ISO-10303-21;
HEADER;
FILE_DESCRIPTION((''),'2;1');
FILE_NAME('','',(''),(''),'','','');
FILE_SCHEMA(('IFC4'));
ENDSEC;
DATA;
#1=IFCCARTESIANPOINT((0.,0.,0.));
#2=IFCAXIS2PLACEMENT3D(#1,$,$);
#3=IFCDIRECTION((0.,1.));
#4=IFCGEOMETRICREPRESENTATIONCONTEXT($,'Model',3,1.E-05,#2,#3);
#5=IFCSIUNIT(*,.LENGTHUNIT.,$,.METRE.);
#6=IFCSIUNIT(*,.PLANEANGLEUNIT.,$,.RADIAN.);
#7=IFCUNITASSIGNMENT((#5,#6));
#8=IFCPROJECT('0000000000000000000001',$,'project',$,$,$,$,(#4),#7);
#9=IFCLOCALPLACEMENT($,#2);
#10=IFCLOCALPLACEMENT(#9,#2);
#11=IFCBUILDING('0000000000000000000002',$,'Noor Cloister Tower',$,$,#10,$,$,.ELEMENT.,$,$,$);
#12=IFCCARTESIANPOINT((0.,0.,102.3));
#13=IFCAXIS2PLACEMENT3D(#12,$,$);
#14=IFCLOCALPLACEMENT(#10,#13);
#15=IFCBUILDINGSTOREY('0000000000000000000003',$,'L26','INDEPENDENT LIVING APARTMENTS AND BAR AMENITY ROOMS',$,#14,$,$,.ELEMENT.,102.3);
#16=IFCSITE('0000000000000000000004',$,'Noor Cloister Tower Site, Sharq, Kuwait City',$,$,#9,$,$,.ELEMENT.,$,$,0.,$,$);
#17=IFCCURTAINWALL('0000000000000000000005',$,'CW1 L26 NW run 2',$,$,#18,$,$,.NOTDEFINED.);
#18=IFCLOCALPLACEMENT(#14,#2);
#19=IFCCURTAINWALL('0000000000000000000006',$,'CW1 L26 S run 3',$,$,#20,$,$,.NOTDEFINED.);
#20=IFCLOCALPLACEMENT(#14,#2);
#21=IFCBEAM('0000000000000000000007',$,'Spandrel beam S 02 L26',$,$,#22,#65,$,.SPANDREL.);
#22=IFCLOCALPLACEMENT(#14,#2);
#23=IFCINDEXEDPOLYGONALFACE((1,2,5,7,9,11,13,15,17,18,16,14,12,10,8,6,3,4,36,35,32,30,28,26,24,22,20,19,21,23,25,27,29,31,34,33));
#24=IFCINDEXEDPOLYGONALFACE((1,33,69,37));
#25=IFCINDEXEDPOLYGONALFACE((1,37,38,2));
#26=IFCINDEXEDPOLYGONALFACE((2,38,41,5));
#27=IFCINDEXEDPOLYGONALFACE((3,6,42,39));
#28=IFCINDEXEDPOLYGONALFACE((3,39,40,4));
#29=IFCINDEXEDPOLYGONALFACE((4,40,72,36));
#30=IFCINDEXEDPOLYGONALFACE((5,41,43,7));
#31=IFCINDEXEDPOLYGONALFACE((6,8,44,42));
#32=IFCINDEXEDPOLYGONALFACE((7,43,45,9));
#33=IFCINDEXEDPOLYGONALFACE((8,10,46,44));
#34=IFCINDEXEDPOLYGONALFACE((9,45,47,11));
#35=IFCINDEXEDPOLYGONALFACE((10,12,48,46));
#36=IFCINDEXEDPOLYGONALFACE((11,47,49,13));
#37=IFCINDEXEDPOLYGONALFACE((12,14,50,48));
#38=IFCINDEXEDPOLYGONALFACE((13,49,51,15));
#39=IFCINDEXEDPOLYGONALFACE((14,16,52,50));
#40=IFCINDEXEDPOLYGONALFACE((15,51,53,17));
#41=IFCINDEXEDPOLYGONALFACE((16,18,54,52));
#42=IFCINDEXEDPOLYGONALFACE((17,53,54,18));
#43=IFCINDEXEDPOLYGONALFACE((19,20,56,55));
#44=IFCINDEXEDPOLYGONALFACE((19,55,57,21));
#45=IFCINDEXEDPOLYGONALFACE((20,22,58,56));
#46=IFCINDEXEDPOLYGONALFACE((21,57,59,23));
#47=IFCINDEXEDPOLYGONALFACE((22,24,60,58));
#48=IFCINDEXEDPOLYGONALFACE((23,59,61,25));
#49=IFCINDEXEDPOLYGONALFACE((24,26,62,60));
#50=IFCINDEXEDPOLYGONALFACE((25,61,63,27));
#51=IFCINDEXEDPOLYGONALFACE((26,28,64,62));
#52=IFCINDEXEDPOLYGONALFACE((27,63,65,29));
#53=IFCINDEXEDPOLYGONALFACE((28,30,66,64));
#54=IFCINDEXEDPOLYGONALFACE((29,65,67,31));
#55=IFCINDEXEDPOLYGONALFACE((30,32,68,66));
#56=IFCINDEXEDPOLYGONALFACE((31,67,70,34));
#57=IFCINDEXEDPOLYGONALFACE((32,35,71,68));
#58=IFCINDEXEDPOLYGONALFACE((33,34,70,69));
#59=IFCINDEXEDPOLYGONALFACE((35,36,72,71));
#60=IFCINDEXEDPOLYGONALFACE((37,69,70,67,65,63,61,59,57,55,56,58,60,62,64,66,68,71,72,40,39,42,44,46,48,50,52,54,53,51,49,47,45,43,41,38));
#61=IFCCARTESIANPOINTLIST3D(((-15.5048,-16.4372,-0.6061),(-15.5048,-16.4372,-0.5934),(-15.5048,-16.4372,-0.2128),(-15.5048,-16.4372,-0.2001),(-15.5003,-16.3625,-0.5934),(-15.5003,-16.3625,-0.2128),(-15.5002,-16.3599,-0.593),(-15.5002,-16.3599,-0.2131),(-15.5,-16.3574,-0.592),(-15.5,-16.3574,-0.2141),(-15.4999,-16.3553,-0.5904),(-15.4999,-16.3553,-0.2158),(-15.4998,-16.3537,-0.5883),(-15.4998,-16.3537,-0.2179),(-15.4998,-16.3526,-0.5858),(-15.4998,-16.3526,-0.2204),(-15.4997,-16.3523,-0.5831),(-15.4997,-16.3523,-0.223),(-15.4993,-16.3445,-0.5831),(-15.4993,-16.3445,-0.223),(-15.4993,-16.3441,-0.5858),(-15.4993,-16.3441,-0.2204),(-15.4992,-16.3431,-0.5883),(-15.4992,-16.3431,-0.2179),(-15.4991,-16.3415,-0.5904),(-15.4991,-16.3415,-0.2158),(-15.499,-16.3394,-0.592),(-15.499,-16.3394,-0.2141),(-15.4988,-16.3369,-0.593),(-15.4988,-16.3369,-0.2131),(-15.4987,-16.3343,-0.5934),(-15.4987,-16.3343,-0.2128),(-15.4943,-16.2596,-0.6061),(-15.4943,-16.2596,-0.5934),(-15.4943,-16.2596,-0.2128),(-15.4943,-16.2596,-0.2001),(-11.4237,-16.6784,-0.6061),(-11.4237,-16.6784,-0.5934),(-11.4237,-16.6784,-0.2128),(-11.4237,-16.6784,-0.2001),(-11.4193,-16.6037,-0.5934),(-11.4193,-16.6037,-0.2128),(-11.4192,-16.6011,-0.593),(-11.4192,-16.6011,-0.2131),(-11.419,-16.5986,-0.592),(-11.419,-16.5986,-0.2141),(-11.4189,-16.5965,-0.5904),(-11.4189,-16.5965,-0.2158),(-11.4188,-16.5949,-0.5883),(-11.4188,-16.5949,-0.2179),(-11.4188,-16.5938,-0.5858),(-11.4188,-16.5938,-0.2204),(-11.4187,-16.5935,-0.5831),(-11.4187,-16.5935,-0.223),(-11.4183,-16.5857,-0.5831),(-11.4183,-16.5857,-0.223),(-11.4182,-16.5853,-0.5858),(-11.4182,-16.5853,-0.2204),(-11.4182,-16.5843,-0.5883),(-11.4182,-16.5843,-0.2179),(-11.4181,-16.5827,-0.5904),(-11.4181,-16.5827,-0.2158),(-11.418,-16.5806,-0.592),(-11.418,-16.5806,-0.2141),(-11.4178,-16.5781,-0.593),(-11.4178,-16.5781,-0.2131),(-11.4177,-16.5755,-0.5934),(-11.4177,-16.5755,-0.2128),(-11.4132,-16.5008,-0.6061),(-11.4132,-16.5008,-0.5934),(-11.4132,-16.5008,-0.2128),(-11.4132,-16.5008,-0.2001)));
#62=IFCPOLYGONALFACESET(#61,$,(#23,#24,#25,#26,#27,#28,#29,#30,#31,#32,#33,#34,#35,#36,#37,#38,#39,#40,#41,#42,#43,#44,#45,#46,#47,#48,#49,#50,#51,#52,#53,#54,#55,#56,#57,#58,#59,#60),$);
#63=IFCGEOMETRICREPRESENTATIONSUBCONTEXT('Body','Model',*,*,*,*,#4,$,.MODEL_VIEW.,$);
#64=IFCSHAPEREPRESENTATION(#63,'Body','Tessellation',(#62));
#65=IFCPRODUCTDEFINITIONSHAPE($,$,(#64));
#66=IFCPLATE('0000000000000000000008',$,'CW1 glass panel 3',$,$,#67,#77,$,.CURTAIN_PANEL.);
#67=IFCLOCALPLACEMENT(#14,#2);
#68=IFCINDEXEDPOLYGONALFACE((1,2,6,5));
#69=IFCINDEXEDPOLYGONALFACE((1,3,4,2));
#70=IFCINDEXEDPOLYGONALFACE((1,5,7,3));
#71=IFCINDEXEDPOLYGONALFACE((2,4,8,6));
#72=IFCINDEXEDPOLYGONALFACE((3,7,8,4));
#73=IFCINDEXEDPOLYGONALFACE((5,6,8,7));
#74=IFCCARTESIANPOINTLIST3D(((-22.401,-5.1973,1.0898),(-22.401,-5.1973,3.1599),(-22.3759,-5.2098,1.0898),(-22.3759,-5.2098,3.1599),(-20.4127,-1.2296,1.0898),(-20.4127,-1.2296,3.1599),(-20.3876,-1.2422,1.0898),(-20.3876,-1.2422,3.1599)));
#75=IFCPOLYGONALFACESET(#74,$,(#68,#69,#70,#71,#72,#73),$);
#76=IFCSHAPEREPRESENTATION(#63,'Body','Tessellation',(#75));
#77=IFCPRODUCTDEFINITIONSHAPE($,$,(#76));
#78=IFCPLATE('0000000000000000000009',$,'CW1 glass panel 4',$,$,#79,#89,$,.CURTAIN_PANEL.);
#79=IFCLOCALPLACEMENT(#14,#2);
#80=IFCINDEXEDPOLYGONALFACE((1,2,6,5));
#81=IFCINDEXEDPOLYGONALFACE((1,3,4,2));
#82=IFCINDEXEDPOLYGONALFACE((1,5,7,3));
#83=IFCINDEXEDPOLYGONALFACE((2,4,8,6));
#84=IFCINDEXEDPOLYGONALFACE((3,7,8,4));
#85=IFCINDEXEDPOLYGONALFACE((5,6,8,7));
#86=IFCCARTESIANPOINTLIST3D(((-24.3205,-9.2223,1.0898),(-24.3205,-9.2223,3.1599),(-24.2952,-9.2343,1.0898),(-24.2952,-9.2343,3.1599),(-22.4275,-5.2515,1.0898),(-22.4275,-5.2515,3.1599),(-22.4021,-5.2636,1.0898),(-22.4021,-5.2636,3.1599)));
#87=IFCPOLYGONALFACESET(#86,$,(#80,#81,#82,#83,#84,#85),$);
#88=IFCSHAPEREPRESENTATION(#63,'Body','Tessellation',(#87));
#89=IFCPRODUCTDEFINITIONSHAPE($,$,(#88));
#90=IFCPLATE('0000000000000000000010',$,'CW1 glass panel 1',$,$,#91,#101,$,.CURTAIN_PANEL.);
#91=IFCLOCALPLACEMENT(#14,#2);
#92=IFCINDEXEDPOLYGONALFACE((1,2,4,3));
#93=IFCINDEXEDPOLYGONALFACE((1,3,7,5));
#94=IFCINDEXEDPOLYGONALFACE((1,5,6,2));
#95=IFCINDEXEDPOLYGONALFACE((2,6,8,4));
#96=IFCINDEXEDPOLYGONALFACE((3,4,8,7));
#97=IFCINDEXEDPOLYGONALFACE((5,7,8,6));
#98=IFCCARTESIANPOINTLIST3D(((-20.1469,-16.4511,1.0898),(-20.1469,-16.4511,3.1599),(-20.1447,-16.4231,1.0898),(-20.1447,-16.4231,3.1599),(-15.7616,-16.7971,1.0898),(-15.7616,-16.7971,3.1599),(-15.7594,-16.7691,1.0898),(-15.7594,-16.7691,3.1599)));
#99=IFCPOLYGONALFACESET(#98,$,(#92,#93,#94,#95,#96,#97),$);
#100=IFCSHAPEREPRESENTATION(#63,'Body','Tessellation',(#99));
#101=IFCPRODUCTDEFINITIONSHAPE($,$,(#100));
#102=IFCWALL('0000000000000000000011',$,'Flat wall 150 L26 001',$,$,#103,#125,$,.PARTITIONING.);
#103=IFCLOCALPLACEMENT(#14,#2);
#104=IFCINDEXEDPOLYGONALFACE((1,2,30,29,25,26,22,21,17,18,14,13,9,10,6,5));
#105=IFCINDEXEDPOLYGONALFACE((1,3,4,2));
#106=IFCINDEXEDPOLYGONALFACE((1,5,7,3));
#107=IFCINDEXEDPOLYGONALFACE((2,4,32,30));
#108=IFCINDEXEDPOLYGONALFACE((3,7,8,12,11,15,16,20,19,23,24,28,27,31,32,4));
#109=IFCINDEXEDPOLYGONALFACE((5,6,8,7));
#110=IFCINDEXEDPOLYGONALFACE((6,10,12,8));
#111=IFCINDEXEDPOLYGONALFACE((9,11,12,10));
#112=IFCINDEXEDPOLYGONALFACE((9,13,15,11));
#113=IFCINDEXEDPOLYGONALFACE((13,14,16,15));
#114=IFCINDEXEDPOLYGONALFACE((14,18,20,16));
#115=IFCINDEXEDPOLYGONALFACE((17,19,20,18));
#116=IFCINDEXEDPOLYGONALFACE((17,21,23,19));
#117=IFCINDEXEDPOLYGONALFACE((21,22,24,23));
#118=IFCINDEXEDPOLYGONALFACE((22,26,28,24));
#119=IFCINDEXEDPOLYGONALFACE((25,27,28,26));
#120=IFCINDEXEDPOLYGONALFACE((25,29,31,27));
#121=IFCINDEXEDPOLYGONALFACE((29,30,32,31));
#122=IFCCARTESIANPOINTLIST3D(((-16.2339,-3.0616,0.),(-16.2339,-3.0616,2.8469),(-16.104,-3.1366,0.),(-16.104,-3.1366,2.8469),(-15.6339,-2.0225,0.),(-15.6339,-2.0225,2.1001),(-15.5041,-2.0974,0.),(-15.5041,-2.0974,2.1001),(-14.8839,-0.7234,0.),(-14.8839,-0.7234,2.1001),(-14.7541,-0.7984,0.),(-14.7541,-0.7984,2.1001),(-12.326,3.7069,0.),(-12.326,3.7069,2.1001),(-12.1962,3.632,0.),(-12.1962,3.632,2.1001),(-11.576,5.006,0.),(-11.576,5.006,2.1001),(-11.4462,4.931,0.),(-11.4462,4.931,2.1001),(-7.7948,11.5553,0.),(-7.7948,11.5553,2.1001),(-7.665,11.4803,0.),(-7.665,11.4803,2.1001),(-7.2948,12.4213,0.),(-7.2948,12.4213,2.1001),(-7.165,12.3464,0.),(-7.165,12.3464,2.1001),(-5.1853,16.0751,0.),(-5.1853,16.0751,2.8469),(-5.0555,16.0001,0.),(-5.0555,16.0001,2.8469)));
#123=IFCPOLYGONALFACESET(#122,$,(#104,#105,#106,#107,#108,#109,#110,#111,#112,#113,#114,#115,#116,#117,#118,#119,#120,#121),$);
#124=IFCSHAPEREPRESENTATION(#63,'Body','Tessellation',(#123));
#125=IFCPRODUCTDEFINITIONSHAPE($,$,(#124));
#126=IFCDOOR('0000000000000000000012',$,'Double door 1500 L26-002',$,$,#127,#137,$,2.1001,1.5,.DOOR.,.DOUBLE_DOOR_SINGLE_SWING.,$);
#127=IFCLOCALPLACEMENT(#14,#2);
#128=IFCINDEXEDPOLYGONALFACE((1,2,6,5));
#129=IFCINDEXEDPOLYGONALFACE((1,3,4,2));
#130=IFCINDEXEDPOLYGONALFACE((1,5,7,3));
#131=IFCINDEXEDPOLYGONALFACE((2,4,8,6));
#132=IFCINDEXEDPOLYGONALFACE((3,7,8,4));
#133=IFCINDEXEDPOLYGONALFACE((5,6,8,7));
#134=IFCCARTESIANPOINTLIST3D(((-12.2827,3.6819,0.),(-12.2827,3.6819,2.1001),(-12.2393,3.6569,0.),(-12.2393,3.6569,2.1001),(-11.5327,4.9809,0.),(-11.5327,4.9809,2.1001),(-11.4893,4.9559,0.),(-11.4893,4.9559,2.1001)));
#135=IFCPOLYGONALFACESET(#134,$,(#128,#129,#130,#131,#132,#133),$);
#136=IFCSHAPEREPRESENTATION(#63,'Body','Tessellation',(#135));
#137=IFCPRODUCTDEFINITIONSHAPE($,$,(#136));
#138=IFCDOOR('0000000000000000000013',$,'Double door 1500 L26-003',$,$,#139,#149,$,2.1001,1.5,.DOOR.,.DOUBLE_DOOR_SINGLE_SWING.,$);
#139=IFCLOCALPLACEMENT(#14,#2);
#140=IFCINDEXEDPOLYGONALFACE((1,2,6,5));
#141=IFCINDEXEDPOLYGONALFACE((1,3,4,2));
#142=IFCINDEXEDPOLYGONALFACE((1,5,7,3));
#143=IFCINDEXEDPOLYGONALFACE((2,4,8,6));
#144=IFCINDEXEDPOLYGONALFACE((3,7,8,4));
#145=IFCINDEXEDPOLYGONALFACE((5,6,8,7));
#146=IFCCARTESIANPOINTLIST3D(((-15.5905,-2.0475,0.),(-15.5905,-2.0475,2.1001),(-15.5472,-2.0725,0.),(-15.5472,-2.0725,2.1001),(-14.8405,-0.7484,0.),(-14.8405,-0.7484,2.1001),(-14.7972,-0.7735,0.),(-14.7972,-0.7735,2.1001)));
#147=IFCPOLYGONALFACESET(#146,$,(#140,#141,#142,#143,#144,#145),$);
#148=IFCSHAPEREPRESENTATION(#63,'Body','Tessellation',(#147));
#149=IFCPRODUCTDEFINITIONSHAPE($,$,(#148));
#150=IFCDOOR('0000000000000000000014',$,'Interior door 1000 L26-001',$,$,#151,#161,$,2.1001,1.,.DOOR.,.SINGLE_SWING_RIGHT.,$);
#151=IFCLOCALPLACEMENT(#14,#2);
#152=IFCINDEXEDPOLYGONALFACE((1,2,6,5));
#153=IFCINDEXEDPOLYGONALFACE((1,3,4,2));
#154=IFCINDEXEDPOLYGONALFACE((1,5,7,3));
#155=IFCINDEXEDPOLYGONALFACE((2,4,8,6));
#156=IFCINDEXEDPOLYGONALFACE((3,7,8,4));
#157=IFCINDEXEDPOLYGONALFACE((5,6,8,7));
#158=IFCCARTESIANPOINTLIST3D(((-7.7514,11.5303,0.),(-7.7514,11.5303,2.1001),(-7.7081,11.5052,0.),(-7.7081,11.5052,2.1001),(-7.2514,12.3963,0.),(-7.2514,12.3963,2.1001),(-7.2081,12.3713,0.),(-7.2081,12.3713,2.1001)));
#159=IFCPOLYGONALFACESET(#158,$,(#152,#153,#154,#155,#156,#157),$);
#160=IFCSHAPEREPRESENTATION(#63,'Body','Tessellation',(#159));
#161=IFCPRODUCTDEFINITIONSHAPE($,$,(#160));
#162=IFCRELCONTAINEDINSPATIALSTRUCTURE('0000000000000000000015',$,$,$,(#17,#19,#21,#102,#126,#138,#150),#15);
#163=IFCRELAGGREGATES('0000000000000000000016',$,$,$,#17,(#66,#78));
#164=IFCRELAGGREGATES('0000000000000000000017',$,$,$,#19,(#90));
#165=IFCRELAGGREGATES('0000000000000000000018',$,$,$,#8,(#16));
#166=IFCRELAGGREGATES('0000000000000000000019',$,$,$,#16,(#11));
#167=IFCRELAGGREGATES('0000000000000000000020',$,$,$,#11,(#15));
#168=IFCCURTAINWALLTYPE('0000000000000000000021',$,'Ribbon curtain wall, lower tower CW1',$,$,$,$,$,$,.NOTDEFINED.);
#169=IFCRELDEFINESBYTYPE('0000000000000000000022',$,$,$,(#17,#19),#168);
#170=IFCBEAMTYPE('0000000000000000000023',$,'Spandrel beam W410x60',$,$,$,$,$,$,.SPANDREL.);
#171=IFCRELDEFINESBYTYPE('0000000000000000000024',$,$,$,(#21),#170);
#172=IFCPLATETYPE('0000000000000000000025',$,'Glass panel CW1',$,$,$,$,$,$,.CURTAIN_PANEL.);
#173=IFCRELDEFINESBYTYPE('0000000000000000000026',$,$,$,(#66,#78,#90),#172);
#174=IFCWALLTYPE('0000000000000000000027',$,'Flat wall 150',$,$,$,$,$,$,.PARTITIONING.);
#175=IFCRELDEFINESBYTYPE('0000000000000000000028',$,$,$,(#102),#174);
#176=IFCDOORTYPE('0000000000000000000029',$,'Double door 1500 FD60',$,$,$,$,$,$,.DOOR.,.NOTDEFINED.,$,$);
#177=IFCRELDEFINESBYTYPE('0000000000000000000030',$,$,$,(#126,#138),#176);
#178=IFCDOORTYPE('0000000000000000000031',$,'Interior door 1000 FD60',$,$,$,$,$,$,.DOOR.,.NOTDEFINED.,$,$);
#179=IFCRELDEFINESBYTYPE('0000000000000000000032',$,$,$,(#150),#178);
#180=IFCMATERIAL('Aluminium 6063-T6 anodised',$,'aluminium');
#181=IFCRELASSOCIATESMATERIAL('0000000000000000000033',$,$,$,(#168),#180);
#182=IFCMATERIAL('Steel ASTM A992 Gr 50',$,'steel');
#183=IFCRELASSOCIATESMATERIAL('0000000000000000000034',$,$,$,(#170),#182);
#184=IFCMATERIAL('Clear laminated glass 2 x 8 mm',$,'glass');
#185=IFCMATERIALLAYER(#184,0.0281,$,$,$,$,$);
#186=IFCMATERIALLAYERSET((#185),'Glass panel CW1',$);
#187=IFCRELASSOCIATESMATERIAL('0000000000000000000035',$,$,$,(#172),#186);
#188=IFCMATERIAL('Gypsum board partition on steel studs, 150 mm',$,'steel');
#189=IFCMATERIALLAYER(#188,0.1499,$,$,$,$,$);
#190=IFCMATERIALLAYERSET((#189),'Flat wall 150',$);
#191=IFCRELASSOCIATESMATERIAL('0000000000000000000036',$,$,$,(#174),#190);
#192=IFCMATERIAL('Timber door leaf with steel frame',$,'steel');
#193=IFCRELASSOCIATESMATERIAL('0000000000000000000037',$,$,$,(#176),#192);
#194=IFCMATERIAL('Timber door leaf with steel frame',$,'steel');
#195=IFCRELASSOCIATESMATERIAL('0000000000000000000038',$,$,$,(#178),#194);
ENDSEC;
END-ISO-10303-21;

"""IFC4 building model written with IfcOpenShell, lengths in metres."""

from ifc_helpers import new_model, si_unit, direction, frame, frame_2d, origin, origin_2d, place, context, subcontext, project, spatial, rectangle, i_section, extrude, material, layer, layer_set, material_profile, profile_set, type_object, element, fill, aggregate, save


model = new_model("IFC4")

# Units and contexts
model_context = context("Model", 3, precision=1e-05, world=origin(), true_north=direction((0.0, 1.0)))
body_context = subcontext(model_context, "Body", "Model", "MODEL_VIEW")
ifc_project = project(units=[si_unit("LENGTHUNIT", "METRE"), si_unit("PLANEANGLEUNIT", "RADIAN")], contexts=[model_context])

# Site, building, storey
site_placement = place(None, origin())
site = spatial("IfcSite", under=ifc_project, at=site_placement, Name="Noor Cloister Tower Site, Sharq, Kuwait City", CompositionType="ELEMENT", RefElevation=0.0)
building_placement = place(site_placement, origin())
building = spatial("IfcBuilding", under=site, at=building_placement, Name="Noor Cloister Tower", CompositionType="ELEMENT")
storey_placement = place(building_placement, frame((0.0, 0.0, 102.3)))
storey = spatial("IfcBuildingStorey", under=building, at=storey_placement, Name="L26", Description="INDEPENDENT LIVING APARTMENTS AND BAR AMENITY ROOMS", CompositionType="ELEMENT", Elevation=102.3)

# Curtain walls
ifc_material_1 = material(Name="Aluminium 6063-T6 anodised", Category="aluminium")
curtain_wall_type = type_object("IfcCurtainWallType", Name="Ribbon curtain wall, lower tower CW1", PredefinedType="NOTDEFINED", material=ifc_material_1)
curtain_wall_1_placement = place(storey_placement, origin())
curtain_wall_1 = element("IfcCurtainWall", 1, at=curtain_wall_1_placement, inside=storey, type_object=curtain_wall_type, Name="CW1 L26 NW run 2", PredefinedType="NOTDEFINED")
curtain_wall_2_placement = place(storey_placement, origin())
curtain_wall_2 = element("IfcCurtainWall", 2, at=curtain_wall_2_placement, inside=storey, type_object=curtain_wall_type, Name="CW1 L26 S run 3", PredefinedType="NOTDEFINED")

# Beam
ifc_material_2 = material(Name="Steel ASTM A992 Gr 50", Category="steel")
ifc_material_profile_1 = material_profile(ifc_material_2, i_section(OverallWidth=0.178, OverallDepth=0.406, WebThickness=0.0078, FlangeThickness=0.0127, FilletRadius=0.0103, at=origin_2d()), Name="W410x60")
ifc_profile_set_1 = profile_set([ifc_material_profile_1], Name="Steel ASTM A992 Gr 50")
beam_type_1 = type_object("IfcBeamType", Name="Spandrel beam W410x60", PredefinedType="SPANDREL", material=ifc_profile_set_1)
for number, where, z_axis, x_axis, name in (
    (3, (-15.4995, -16.3484, -0.4031), (0.998258, -0.059002, 0.0), (0.059002, 0.998258, 0.0), "Spandrel beam S 02 L26"),
):
    element("IfcBeam", number, at=place(storey_placement, frame(where, z_axis=z_axis, x_axis=x_axis)), inside=storey, type_object=beam_type_1, Name=name, PredefinedType="SPANDREL", context=body_context, shape_type="SweptSolid", body=[
        extrude(i_section(OverallWidth=0.178, OverallDepth=0.406, WebThickness=0.0078, FlangeThickness=0.0127, FilletRadius=0.0103, at=origin_2d()), origin(), (0.0, 0.0, 1.0), 4.0881),
    ])

# Plates
ifc_material_3 = material(Name="Clear laminated glass 2 x 8 mm", Category="glass")
ifc_layer_1 = layer(ifc_material_3, 0.0281)
ifc_layer_set_1 = layer_set([ifc_layer_1], Name="Glass panel CW1")
plate_type = type_object("IfcPlateType", Name="Glass panel CW1", PredefinedType="CURTAIN_PANEL", material=ifc_layer_set_1)
plate_1_placement = place(storey_placement, frame((-21.3943, -3.2197, 1.0898), z_axis=(0.0, 0.0, 1.0), x_axis=(-0.44802, -0.894024, 0.0)))
plate_1 = element("IfcPlate", 4, at=plate_1_placement, type_object=plate_type, Name="CW1 glass panel 3", PredefinedType="CURTAIN_PANEL", context=body_context, shape_type="SweptSolid", body=[
    extrude(rectangle(XDim=4.438, YDim=0.0281, at=origin_2d()), origin(), (0.0, 0.0, 1.0), 2.0701),
])
plate_2_placement = place(storey_placement, frame((-23.3613, -7.2429, 1.0898), z_axis=(0.0, 0.0, 1.0), x_axis=(-0.430337, -0.902668, 0.0)))
plate_2 = element("IfcPlate", 5, at=plate_2_placement, type_object=plate_type, Name="CW1 glass panel 4", PredefinedType="CURTAIN_PANEL", context=body_context, shape_type="SweptSolid", body=[
    extrude(rectangle(XDim=4.3989, YDim=0.0281, at=origin_2d()), origin(), (0.0, 0.0, 1.0), 2.0701),
])
aggregate(curtain_wall_1, [plate_1, plate_2])
plate_3_placement = place(storey_placement, frame((-17.9531, -16.6101, 1.0898), z_axis=(0.0, 0.0, 1.0), x_axis=(0.996902, -0.078652, 0.0)))
plate_3 = element("IfcPlate", 6, at=plate_3_placement, type_object=plate_type, Name="CW1 glass panel 1", PredefinedType="CURTAIN_PANEL", context=body_context, shape_type="SweptSolid", body=[
    extrude(rectangle(XDim=4.3989, YDim=0.0281, at=origin_2d()), origin(), (0.0, 0.0, 1.0), 2.0701),
])
aggregate(curtain_wall_2, [plate_3])

# Wall, openings, doors
ifc_material_4 = material(Name="Gypsum board partition on steel studs, 150 mm", Category="steel")
ifc_layer_2 = layer(ifc_material_4, 0.1499)
ifc_layer_set_2 = layer_set([ifc_layer_2], Name="Flat wall 150")
wall_type_1 = type_object("IfcWallType", Name="Flat wall 150", PredefinedType="PARTITIONING", material=ifc_layer_set_2)
wall_1_placement = place(storey_placement, frame((-16.1689, -3.0991, 0.0), z_axis=(0.0, 0.0, 1.0), x_axis=(0.5, 0.866026, 0.0)))
wall_1 = element("IfcWall", 7, at=wall_1_placement, inside=storey, type_object=wall_type_1, Name="Flat wall 150 L26 001", PredefinedType="PARTITIONING", context=body_context, shape_type="SweptSolid", body=[
    extrude(rectangle(XDim=22.0972, YDim=0.1499, at=frame_2d((11.0486, 0.0))), origin(), (0.0, 0.0, 1.0), 2.8469),
])
opening_1_placement = place(wall_1_placement, frame((16.8782, 0.0, 0.0)))
opening_1 = element("IfcOpeningElement", 8, at=opening_1_placement, cuts=wall_1, PredefinedType="OPENING", context=body_context, shape_type="SweptSolid", body=[
    extrude(rectangle(XDim=1.0, YDim=2.1001, at=frame_2d((0.5, 1.05))), frame((0.0, 0.085, 0.0), z_axis=(0.0, -1.0, 0.0), x_axis=(1.0, 0.0, 0.0)), (0.0, 0.0, 1.0), 0.1699),
])
opening_2_placement = place(wall_1_placement, frame((7.8157, 0.0, 0.0)))
opening_2 = element("IfcOpeningElement", 9, at=opening_2_placement, cuts=wall_1, PredefinedType="OPENING", context=body_context, shape_type="SweptSolid", body=[
    extrude(rectangle(XDim=1.5, YDim=2.1001, at=frame_2d((0.75, 1.05))), frame((0.0, 0.085, 0.0), z_axis=(0.0, -1.0, 0.0), x_axis=(1.0, 0.0, 0.0)), (0.0, 0.0, 1.0), 0.1699),
])
opening_3_placement = place(wall_1_placement, frame((1.2, 0.0, 0.0)))
opening_3 = element("IfcOpeningElement", 10, at=opening_3_placement, cuts=wall_1, PredefinedType="OPENING", context=body_context, shape_type="SweptSolid", body=[
    extrude(rectangle(XDim=1.5, YDim=2.1001, at=frame_2d((0.75, 1.05))), frame((0.0, 0.085, 0.0), z_axis=(0.0, -1.0, 0.0), x_axis=(1.0, 0.0, 0.0)), (0.0, 0.0, 1.0), 0.1699),
])
ifc_material_5 = material(Name="Timber door leaf with steel frame", Category="steel")
door_type_1 = type_object("IfcDoorType", Name="Double door 1500 FD60", OperationType="NOTDEFINED", PredefinedType="DOOR", material=ifc_material_5)
door_1_placement = place(opening_2_placement, origin())
door_1 = element("IfcDoor", 11, at=door_1_placement, inside=storey, type_object=door_type_1, Name="Double door 1500 L26-002", OperationType="DOUBLE_DOOR_SINGLE_SWING", OverallHeight=2.1001, OverallWidth=1.5, PredefinedType="DOOR", context=body_context, shape_type="SweptSolid", body=[
    extrude(rectangle(XDim=1.5, YDim=2.1001, at=frame_2d((0.75, 1.05))), frame((0.0, 0.0249, 0.0), z_axis=(0.0, -1.0, 0.0), x_axis=(1.0, 0.0, 0.0)), (0.0, 0.0, 1.0), 0.05),
])
fill(opening_2, door_1)
door_2_placement = place(opening_3_placement, origin())
door_2 = element("IfcDoor", 12, at=door_2_placement, inside=storey, type_object=door_type_1, Name="Double door 1500 L26-003", OperationType="DOUBLE_DOOR_SINGLE_SWING", OverallHeight=2.1001, OverallWidth=1.5, PredefinedType="DOOR", context=body_context, shape_type="SweptSolid", body=[
    extrude(rectangle(XDim=1.5, YDim=2.1001, at=frame_2d((0.75, 1.05))), frame((0.0, 0.0249, 0.0), z_axis=(0.0, -1.0, 0.0), x_axis=(1.0, 0.0, 0.0)), (0.0, 0.0, 1.0), 0.05),
])
fill(opening_3, door_2)
ifc_material_6 = material(Name="Timber door leaf with steel frame", Category="steel")
door_type_2 = type_object("IfcDoorType", Name="Interior door 1000 FD60", OperationType="NOTDEFINED", PredefinedType="DOOR", material=ifc_material_6)
door_3_placement = place(opening_1_placement, origin())
door_3 = element("IfcDoor", 13, at=door_3_placement, inside=storey, type_object=door_type_2, Name="Interior door 1000 L26-001", OperationType="SINGLE_SWING_RIGHT", OverallHeight=2.1001, OverallWidth=1.0, PredefinedType="DOOR", context=body_context, shape_type="SweptSolid", body=[
    extrude(rectangle(XDim=1.0, YDim=2.1001, at=frame_2d((0.5, 1.05))), frame((0.0, 0.0249, 0.0), z_axis=(0.0, -1.0, 0.0), x_axis=(1.0, 0.0, 0.0)), (0.0, 0.0, 1.0), 0.05),
])
fill(opening_1, door_3)

save(model, "model.ifc")
